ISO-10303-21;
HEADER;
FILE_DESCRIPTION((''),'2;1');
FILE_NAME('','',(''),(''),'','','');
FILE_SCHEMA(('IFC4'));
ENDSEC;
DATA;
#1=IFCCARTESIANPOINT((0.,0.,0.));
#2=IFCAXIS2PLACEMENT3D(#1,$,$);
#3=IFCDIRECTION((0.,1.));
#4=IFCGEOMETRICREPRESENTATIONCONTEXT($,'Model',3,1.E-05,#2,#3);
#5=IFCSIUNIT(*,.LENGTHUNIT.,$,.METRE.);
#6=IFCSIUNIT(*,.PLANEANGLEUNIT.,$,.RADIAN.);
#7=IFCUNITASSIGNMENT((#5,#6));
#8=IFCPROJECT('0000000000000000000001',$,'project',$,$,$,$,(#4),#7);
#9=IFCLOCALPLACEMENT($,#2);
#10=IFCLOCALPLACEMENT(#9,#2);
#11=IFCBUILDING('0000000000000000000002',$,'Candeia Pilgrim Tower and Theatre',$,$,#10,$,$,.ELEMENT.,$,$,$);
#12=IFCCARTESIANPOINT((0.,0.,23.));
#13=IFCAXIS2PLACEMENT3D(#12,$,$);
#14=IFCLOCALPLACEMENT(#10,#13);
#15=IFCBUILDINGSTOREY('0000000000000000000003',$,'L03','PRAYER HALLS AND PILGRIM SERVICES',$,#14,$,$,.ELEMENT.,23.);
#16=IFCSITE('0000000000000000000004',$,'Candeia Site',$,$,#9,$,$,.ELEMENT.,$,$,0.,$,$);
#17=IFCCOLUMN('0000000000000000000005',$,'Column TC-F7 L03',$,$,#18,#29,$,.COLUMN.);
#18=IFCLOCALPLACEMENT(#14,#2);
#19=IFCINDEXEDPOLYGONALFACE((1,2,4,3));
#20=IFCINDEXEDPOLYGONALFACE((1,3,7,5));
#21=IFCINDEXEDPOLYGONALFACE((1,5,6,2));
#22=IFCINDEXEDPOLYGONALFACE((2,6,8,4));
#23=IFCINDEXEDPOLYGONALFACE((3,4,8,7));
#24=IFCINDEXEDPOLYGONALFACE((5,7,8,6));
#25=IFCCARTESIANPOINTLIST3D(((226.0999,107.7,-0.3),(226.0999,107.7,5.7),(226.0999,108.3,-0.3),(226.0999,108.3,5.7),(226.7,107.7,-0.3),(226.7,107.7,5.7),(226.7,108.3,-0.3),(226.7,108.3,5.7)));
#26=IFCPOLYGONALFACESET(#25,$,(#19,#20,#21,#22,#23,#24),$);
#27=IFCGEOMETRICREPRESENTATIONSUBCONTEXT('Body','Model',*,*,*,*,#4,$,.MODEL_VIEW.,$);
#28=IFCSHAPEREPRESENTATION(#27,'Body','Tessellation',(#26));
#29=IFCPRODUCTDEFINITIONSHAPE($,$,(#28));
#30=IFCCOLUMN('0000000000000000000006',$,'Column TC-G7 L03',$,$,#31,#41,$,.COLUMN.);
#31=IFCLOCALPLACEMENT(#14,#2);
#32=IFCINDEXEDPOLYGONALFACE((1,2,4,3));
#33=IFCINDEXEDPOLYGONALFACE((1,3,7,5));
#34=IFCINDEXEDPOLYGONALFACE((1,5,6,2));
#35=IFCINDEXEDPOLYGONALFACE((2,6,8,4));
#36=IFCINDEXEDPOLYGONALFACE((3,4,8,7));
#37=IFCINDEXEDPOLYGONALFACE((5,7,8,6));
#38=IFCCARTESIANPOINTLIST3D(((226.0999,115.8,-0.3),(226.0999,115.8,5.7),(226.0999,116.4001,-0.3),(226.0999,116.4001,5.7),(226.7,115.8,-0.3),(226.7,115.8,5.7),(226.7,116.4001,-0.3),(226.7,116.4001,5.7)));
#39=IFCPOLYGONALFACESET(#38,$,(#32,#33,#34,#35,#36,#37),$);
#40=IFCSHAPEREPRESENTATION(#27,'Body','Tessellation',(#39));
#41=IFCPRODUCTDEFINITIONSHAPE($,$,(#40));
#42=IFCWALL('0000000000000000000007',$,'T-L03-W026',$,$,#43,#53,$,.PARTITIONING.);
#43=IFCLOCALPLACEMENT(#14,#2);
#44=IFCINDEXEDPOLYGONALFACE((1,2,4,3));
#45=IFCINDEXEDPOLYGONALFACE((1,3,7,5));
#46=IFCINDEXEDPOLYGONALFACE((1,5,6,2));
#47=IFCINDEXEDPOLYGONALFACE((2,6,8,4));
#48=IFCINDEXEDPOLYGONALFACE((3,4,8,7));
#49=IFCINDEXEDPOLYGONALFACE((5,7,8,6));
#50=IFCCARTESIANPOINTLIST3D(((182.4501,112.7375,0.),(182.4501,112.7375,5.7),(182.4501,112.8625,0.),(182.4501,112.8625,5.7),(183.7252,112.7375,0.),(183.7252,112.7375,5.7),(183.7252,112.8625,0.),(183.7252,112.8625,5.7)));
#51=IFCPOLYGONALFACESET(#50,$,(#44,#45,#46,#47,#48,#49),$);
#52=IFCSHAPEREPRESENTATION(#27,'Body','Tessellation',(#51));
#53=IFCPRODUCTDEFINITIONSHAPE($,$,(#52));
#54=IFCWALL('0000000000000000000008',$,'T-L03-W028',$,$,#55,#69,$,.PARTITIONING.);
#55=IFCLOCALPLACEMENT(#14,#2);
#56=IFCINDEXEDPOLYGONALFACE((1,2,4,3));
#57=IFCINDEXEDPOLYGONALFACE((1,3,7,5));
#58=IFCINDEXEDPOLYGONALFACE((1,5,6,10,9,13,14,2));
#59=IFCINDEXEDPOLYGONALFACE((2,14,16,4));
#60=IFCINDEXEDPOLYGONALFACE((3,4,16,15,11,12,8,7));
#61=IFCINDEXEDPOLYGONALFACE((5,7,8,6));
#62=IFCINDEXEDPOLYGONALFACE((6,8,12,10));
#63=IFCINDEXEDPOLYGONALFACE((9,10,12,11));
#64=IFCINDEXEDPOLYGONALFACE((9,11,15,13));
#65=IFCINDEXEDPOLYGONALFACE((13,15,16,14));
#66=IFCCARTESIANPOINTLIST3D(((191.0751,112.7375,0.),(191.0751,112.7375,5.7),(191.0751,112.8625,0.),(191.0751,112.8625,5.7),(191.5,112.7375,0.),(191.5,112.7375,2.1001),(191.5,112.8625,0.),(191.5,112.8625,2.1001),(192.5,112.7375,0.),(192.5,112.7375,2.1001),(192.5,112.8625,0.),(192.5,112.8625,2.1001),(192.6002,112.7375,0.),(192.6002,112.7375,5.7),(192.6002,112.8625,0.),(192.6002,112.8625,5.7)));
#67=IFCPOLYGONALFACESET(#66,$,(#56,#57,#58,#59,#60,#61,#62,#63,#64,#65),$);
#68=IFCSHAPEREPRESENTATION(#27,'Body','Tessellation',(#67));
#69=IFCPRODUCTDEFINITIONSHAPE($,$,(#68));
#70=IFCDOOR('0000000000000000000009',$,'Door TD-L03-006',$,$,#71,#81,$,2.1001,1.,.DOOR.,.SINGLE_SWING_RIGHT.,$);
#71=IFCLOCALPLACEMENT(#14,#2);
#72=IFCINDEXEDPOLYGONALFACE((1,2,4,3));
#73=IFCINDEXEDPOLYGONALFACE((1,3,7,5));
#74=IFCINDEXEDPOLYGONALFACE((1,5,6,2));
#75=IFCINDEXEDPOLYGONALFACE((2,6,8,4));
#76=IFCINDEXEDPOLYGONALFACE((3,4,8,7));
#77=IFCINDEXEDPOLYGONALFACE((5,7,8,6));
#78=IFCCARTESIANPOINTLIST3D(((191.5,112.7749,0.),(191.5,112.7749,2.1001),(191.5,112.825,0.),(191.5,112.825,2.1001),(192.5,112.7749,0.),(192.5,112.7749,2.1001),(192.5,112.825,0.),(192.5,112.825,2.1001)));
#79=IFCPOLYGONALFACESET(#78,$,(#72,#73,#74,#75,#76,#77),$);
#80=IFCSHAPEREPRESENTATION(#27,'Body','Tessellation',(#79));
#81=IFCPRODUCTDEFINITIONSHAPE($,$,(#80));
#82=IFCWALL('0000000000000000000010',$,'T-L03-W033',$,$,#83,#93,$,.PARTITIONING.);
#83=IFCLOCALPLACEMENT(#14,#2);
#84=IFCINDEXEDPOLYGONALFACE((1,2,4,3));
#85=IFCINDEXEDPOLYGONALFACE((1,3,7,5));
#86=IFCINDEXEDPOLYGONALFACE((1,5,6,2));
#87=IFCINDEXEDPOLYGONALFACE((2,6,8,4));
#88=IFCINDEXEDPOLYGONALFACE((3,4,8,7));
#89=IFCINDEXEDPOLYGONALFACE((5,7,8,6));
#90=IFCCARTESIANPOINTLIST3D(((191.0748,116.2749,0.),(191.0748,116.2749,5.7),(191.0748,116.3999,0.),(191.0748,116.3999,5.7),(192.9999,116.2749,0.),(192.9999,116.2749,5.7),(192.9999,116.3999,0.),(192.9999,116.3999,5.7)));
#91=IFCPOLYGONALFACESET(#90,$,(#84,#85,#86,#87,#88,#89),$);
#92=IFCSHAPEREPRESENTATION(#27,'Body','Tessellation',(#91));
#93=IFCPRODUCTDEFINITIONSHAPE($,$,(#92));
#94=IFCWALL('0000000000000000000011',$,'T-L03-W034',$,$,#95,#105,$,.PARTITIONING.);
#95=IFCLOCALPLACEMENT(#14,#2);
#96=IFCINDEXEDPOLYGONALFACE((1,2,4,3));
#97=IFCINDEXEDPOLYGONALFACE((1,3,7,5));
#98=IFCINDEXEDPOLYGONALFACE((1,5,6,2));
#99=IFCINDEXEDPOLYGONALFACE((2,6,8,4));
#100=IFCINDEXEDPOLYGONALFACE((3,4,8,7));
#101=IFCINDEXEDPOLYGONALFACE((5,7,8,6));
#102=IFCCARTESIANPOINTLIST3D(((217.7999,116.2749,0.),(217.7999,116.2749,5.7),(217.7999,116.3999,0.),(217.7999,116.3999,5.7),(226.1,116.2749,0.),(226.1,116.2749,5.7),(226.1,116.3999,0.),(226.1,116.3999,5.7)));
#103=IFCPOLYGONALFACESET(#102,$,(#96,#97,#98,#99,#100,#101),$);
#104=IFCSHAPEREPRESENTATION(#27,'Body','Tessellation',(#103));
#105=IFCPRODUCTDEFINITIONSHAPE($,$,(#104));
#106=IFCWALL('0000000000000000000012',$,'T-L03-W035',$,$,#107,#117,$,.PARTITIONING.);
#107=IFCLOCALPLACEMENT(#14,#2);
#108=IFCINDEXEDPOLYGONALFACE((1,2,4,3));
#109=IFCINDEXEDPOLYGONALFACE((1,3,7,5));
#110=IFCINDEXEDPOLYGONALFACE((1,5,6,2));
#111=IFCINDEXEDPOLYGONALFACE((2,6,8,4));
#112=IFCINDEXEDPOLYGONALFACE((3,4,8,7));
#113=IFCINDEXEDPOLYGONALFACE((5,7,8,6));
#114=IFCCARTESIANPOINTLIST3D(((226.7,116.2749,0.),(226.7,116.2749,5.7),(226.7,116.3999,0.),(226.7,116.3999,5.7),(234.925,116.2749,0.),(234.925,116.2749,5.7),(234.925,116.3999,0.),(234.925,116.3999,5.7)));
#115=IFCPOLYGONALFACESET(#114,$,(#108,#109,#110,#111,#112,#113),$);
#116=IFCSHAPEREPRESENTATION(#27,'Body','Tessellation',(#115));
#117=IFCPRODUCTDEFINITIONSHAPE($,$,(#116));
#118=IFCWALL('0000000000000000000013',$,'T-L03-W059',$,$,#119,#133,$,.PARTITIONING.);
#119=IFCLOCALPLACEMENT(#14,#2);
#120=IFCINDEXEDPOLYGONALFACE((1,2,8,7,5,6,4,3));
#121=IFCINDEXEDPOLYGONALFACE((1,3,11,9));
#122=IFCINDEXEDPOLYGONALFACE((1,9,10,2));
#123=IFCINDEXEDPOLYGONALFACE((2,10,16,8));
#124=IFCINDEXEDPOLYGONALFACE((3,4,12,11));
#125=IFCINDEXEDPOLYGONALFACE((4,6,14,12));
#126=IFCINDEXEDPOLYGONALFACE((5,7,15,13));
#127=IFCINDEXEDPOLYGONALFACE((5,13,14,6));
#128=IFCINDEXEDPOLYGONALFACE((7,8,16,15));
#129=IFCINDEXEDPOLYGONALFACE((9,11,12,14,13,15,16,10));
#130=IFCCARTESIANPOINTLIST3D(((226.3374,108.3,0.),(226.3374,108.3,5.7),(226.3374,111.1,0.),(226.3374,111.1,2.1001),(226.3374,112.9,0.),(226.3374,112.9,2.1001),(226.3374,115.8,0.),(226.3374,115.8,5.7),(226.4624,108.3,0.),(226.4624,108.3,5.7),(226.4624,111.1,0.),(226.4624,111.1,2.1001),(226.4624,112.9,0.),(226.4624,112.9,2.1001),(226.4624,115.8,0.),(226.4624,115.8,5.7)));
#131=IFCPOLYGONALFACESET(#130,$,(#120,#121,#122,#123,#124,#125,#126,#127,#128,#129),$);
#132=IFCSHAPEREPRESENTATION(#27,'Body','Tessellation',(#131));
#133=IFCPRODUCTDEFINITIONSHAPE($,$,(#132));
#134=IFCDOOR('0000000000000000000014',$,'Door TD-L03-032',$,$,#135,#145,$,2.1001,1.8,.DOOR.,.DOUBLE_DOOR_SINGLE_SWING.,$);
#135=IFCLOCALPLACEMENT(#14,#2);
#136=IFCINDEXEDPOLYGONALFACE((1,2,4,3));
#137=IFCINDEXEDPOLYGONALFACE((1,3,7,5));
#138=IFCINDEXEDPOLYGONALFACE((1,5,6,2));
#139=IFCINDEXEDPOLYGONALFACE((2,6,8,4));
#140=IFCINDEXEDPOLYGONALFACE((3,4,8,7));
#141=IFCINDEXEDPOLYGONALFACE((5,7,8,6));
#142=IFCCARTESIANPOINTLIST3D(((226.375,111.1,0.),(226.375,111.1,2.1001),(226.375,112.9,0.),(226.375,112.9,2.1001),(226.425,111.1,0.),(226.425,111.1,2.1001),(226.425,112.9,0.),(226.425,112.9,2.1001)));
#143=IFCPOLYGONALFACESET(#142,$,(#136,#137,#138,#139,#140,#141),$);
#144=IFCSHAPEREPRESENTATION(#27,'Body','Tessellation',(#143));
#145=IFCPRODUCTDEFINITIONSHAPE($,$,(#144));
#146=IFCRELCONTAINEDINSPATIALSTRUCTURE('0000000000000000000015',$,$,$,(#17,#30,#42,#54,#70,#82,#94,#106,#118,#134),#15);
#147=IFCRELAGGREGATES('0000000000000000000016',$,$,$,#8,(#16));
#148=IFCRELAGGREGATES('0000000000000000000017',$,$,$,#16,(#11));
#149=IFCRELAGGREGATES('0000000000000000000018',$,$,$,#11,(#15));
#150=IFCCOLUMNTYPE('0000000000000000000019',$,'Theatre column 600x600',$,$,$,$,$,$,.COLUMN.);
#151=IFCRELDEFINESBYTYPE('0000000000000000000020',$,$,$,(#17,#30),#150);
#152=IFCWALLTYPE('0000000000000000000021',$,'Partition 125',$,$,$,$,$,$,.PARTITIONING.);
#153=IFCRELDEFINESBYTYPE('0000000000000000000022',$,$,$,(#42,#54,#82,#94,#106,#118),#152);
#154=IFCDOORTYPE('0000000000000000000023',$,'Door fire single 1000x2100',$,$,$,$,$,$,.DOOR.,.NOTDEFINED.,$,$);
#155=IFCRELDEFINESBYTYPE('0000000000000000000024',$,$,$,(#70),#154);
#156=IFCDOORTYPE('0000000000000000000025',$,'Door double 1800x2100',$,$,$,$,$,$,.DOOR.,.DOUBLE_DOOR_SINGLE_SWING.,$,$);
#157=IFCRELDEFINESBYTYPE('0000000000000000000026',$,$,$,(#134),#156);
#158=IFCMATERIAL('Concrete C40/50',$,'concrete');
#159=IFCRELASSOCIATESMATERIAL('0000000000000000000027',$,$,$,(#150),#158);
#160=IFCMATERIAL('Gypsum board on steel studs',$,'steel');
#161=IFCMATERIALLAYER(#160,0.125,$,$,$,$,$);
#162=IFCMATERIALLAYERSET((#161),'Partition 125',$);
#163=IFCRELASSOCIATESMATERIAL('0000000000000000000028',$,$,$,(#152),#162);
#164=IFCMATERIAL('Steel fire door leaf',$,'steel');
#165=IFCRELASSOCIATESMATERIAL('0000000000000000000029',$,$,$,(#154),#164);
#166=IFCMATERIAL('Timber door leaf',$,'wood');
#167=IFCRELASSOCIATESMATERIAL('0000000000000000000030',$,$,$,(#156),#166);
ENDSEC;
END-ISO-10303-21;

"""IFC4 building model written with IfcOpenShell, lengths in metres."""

from ifc_helpers import new_model, si_unit, direction, frame, frame_2d, origin, origin_2d, place, context, subcontext, project, spatial, rectangle, extrude, material, layer, layer_set, material_profile, profile_set, type_object, element, fill, save


model = new_model("IFC4")

# Units and contexts
model_context = context("Model", 3, precision=1e-05, world=origin(), true_north=direction((0.0, 1.0)))
body_context = subcontext(model_context, "Body", "Model", "MODEL_VIEW")
ifc_project = project(units=[si_unit("LENGTHUNIT", "METRE"), si_unit("PLANEANGLEUNIT", "RADIAN")], contexts=[model_context])

# Site, building, storey
site_placement = place(None, origin())
site = spatial("IfcSite", under=ifc_project, at=site_placement, Name="Candeia Site", CompositionType="ELEMENT", RefElevation=0.0)
building_placement = place(site_placement, origin())
building = spatial("IfcBuilding", under=site, at=building_placement, Name="Candeia Pilgrim Tower and Theatre", CompositionType="ELEMENT")
storey_placement = place(building_placement, frame((0.0, 0.0, 23.0)))
storey = spatial("IfcBuildingStorey", under=building, at=storey_placement, Name="L03", Description="PRAYER HALLS AND PILGRIM SERVICES", CompositionType="ELEMENT", Elevation=23.0)

# Columns
ifc_material_1 = material(Name="Concrete C40/50", Category="concrete")
ifc_material_profile = material_profile(ifc_material_1, rectangle(XDim=0.6001, YDim=0.6001, at=origin_2d()))
ifc_profile_set = profile_set([ifc_material_profile], Name="Concrete C40/50")
column_type = type_object("IfcColumnType", Name="Theatre column 600x600", PredefinedType="COLUMN", material=ifc_profile_set)
for number, where, z_axis, x_axis, name in (
    (1, (226.3999, 108.0, -0.3), (0.0, 0.0, 1.0), (1.0, 0.0, 0.0), "Column TC-F7 L03"),
    (2, (226.3999, 116.1001, -0.3), (0.0, 0.0, 1.0), (1.0, 0.0, 0.0), "Column TC-G7 L03"),
):
    element("IfcColumn", number, at=place(storey_placement, frame(where, z_axis=z_axis, x_axis=x_axis)), inside=storey, type_object=column_type, Name=name, PredefinedType="COLUMN", context=body_context, shape_type="SweptSolid", body=[
        extrude(rectangle(XDim=0.6001, YDim=0.6001, at=origin_2d()), origin(), (0.0, 0.0, 1.0), 6.0),
    ])

# Wall
ifc_material_2 = material(Name="Gypsum board on steel studs", Category="steel")
ifc_layer_1 = layer(ifc_material_2, 0.125)
ifc_layer_set_1 = layer_set([ifc_layer_1], Name="Partition 125")
wall_type_1 = type_object("IfcWallType", Name="Partition 125", PredefinedType="PARTITIONING", material=ifc_layer_set_1)
wall_1_placement = place(storey_placement, frame((182.45, 112.8, 0.0), z_axis=(0.0, 0.0, 1.0), x_axis=(1.0, 0.0, 0.0)))
element("IfcWall", 3, at=wall_1_placement, inside=storey, type_object=wall_type_1, Name="T-L03-W026", PredefinedType="PARTITIONING", context=body_context, shape_type="SweptSolid", body=[
    extrude(rectangle(XDim=1.2751, YDim=0.125, at=frame_2d((0.6377, 0.0))), origin(), (0.0, 0.0, 1.0), 5.7),
])

# Wall, opening, door
wall_2_placement = place(storey_placement, frame((191.075, 112.8, 0.0), z_axis=(0.0, 0.0, 1.0), x_axis=(1.0, 0.0, 0.0)))
wall_2 = element("IfcWall", 4, at=wall_2_placement, inside=storey, type_object=wall_type_1, Name="T-L03-W028", PredefinedType="PARTITIONING", context=body_context, shape_type="SweptSolid", body=[
    extrude(rectangle(XDim=1.5251, YDim=0.125, at=frame_2d((0.7627, 0.0))), origin(), (0.0, 0.0, 1.0), 5.7),
])
opening_1_placement = place(wall_2_placement, frame((0.425, 0.0, 0.0)))
opening_1 = element("IfcOpeningElement", 5, at=opening_1_placement, cuts=wall_2, PredefinedType="OPENING", context=body_context, shape_type="SweptSolid", body=[
    extrude(rectangle(XDim=1.0, YDim=2.1001, at=frame_2d((0.5, 1.05))), frame((0.0, 0.0725, 0.0), z_axis=(0.0, -1.0, 0.0), x_axis=(1.0, 0.0, 0.0)), (0.0, 0.0, 1.0), 0.145),
])
ifc_material_3 = material(Name="Steel fire door leaf", Category="steel")
door_type_1 = type_object("IfcDoorType", Name="Door fire single 1000x2100", OperationType="NOTDEFINED", PredefinedType="DOOR", material=ifc_material_3)
door_1_placement = place(opening_1_placement, origin())
door_1 = element("IfcDoor", 6, at=door_1_placement, inside=storey, type_object=door_type_1, Name="Door TD-L03-006", OperationType="SINGLE_SWING_RIGHT", OverallHeight=2.1001, OverallWidth=1.0, PredefinedType="DOOR", context=body_context, shape_type="SweptSolid", body=[
    extrude(rectangle(XDim=1.0, YDim=2.1001, at=frame_2d((0.5, 1.05))), frame((0.0, 0.0249, 0.0), z_axis=(0.0, -1.0, 0.0), x_axis=(1.0, 0.0, 0.0)), (0.0, 0.0, 1.0), 0.05),
])
fill(opening_1, door_1)

# Walls
wall_3_placement = place(storey_placement, frame((191.075, 116.3374, 0.0), z_axis=(0.0, 0.0, 1.0), x_axis=(1.0, 0.0, 0.0)))
element("IfcWall", 7, at=wall_3_placement, inside=storey, type_object=wall_type_1, Name="T-L03-W033", PredefinedType="PARTITIONING", context=body_context, shape_type="SweptSolid", body=[
    extrude(rectangle(XDim=1.925, YDim=0.125, at=frame_2d((0.9624, 0.0))), origin(), (0.0, 0.0, 1.0), 5.7),
])
wall_4_placement = place(storey_placement, frame((217.8, 116.3374, 0.0), z_axis=(0.0, 0.0, 1.0), x_axis=(1.0, 0.0, 0.0)))
element("IfcWall", 8, at=wall_4_placement, inside=storey, type_object=wall_type_1, Name="T-L03-W034", PredefinedType="PARTITIONING", context=body_context, shape_type="SweptSolid", body=[
    extrude(rectangle(XDim=8.3, YDim=0.125, at=frame_2d((4.1499, 0.0))), origin(), (0.0, 0.0, 1.0), 5.7),
])
wall_5_placement = place(storey_placement, frame((226.7, 116.3374, 0.0), z_axis=(0.0, 0.0, 1.0), x_axis=(1.0, 0.0, 0.0)))
element("IfcWall", 9, at=wall_5_placement, inside=storey, type_object=wall_type_1, Name="T-L03-W035", PredefinedType="PARTITIONING", context=body_context, shape_type="SweptSolid", body=[
    extrude(rectangle(XDim=8.2251, YDim=0.125, at=frame_2d((4.1125, 0.0))), origin(), (0.0, 0.0, 1.0), 5.7),
])

# Wall, opening, door
wall_6_placement = place(storey_placement, frame((226.3999, 108.3, 0.0), z_axis=(0.0, 0.0, 1.0), x_axis=(0.0, 1.0, 0.0)))
wall_6 = element("IfcWall", 10, at=wall_6_placement, inside=storey, type_object=wall_type_1, Name="T-L03-W059", PredefinedType="PARTITIONING", context=body_context, shape_type="SweptSolid", body=[
    extrude(rectangle(XDim=7.5, YDim=0.125, at=frame_2d((3.75, 0.0))), origin(), (0.0, 0.0, 1.0), 5.7),
])
opening_2_placement = place(wall_6_placement, frame((2.8, 0.0, 0.0)))
opening_2 = element("IfcOpeningElement", 11, at=opening_2_placement, cuts=wall_6, PredefinedType="OPENING", context=body_context, shape_type="SweptSolid", body=[
    extrude(rectangle(XDim=1.8, YDim=2.1001, at=frame_2d((0.8999, 1.05))), frame((0.0, 0.0725, 0.0), z_axis=(0.0, -1.0, 0.0), x_axis=(1.0, 0.0, 0.0)), (0.0, 0.0, 1.0), 0.145),
])
ifc_material_4 = material(Name="Timber door leaf", Category="wood")
door_type_2 = type_object("IfcDoorType", Name="Door double 1800x2100", OperationType="DOUBLE_DOOR_SINGLE_SWING", PredefinedType="DOOR", material=ifc_material_4)
door_2_placement = place(opening_2_placement, origin())
door_2 = element("IfcDoor", 12, at=door_2_placement, inside=storey, type_object=door_type_2, Name="Door TD-L03-032", OperationType="DOUBLE_DOOR_SINGLE_SWING", OverallHeight=2.1001, OverallWidth=1.8, PredefinedType="DOOR", context=body_context, shape_type="SweptSolid", body=[
    extrude(rectangle(XDim=1.8, YDim=2.1001, at=frame_2d((0.8999, 1.05))), frame((0.0, 0.0249, 0.0), z_axis=(0.0, -1.0, 0.0), x_axis=(1.0, 0.0, 0.0)), (0.0, 0.0, 1.0), 0.05),
])
fill(opening_2, door_2)

save(model, "model.ifc")
